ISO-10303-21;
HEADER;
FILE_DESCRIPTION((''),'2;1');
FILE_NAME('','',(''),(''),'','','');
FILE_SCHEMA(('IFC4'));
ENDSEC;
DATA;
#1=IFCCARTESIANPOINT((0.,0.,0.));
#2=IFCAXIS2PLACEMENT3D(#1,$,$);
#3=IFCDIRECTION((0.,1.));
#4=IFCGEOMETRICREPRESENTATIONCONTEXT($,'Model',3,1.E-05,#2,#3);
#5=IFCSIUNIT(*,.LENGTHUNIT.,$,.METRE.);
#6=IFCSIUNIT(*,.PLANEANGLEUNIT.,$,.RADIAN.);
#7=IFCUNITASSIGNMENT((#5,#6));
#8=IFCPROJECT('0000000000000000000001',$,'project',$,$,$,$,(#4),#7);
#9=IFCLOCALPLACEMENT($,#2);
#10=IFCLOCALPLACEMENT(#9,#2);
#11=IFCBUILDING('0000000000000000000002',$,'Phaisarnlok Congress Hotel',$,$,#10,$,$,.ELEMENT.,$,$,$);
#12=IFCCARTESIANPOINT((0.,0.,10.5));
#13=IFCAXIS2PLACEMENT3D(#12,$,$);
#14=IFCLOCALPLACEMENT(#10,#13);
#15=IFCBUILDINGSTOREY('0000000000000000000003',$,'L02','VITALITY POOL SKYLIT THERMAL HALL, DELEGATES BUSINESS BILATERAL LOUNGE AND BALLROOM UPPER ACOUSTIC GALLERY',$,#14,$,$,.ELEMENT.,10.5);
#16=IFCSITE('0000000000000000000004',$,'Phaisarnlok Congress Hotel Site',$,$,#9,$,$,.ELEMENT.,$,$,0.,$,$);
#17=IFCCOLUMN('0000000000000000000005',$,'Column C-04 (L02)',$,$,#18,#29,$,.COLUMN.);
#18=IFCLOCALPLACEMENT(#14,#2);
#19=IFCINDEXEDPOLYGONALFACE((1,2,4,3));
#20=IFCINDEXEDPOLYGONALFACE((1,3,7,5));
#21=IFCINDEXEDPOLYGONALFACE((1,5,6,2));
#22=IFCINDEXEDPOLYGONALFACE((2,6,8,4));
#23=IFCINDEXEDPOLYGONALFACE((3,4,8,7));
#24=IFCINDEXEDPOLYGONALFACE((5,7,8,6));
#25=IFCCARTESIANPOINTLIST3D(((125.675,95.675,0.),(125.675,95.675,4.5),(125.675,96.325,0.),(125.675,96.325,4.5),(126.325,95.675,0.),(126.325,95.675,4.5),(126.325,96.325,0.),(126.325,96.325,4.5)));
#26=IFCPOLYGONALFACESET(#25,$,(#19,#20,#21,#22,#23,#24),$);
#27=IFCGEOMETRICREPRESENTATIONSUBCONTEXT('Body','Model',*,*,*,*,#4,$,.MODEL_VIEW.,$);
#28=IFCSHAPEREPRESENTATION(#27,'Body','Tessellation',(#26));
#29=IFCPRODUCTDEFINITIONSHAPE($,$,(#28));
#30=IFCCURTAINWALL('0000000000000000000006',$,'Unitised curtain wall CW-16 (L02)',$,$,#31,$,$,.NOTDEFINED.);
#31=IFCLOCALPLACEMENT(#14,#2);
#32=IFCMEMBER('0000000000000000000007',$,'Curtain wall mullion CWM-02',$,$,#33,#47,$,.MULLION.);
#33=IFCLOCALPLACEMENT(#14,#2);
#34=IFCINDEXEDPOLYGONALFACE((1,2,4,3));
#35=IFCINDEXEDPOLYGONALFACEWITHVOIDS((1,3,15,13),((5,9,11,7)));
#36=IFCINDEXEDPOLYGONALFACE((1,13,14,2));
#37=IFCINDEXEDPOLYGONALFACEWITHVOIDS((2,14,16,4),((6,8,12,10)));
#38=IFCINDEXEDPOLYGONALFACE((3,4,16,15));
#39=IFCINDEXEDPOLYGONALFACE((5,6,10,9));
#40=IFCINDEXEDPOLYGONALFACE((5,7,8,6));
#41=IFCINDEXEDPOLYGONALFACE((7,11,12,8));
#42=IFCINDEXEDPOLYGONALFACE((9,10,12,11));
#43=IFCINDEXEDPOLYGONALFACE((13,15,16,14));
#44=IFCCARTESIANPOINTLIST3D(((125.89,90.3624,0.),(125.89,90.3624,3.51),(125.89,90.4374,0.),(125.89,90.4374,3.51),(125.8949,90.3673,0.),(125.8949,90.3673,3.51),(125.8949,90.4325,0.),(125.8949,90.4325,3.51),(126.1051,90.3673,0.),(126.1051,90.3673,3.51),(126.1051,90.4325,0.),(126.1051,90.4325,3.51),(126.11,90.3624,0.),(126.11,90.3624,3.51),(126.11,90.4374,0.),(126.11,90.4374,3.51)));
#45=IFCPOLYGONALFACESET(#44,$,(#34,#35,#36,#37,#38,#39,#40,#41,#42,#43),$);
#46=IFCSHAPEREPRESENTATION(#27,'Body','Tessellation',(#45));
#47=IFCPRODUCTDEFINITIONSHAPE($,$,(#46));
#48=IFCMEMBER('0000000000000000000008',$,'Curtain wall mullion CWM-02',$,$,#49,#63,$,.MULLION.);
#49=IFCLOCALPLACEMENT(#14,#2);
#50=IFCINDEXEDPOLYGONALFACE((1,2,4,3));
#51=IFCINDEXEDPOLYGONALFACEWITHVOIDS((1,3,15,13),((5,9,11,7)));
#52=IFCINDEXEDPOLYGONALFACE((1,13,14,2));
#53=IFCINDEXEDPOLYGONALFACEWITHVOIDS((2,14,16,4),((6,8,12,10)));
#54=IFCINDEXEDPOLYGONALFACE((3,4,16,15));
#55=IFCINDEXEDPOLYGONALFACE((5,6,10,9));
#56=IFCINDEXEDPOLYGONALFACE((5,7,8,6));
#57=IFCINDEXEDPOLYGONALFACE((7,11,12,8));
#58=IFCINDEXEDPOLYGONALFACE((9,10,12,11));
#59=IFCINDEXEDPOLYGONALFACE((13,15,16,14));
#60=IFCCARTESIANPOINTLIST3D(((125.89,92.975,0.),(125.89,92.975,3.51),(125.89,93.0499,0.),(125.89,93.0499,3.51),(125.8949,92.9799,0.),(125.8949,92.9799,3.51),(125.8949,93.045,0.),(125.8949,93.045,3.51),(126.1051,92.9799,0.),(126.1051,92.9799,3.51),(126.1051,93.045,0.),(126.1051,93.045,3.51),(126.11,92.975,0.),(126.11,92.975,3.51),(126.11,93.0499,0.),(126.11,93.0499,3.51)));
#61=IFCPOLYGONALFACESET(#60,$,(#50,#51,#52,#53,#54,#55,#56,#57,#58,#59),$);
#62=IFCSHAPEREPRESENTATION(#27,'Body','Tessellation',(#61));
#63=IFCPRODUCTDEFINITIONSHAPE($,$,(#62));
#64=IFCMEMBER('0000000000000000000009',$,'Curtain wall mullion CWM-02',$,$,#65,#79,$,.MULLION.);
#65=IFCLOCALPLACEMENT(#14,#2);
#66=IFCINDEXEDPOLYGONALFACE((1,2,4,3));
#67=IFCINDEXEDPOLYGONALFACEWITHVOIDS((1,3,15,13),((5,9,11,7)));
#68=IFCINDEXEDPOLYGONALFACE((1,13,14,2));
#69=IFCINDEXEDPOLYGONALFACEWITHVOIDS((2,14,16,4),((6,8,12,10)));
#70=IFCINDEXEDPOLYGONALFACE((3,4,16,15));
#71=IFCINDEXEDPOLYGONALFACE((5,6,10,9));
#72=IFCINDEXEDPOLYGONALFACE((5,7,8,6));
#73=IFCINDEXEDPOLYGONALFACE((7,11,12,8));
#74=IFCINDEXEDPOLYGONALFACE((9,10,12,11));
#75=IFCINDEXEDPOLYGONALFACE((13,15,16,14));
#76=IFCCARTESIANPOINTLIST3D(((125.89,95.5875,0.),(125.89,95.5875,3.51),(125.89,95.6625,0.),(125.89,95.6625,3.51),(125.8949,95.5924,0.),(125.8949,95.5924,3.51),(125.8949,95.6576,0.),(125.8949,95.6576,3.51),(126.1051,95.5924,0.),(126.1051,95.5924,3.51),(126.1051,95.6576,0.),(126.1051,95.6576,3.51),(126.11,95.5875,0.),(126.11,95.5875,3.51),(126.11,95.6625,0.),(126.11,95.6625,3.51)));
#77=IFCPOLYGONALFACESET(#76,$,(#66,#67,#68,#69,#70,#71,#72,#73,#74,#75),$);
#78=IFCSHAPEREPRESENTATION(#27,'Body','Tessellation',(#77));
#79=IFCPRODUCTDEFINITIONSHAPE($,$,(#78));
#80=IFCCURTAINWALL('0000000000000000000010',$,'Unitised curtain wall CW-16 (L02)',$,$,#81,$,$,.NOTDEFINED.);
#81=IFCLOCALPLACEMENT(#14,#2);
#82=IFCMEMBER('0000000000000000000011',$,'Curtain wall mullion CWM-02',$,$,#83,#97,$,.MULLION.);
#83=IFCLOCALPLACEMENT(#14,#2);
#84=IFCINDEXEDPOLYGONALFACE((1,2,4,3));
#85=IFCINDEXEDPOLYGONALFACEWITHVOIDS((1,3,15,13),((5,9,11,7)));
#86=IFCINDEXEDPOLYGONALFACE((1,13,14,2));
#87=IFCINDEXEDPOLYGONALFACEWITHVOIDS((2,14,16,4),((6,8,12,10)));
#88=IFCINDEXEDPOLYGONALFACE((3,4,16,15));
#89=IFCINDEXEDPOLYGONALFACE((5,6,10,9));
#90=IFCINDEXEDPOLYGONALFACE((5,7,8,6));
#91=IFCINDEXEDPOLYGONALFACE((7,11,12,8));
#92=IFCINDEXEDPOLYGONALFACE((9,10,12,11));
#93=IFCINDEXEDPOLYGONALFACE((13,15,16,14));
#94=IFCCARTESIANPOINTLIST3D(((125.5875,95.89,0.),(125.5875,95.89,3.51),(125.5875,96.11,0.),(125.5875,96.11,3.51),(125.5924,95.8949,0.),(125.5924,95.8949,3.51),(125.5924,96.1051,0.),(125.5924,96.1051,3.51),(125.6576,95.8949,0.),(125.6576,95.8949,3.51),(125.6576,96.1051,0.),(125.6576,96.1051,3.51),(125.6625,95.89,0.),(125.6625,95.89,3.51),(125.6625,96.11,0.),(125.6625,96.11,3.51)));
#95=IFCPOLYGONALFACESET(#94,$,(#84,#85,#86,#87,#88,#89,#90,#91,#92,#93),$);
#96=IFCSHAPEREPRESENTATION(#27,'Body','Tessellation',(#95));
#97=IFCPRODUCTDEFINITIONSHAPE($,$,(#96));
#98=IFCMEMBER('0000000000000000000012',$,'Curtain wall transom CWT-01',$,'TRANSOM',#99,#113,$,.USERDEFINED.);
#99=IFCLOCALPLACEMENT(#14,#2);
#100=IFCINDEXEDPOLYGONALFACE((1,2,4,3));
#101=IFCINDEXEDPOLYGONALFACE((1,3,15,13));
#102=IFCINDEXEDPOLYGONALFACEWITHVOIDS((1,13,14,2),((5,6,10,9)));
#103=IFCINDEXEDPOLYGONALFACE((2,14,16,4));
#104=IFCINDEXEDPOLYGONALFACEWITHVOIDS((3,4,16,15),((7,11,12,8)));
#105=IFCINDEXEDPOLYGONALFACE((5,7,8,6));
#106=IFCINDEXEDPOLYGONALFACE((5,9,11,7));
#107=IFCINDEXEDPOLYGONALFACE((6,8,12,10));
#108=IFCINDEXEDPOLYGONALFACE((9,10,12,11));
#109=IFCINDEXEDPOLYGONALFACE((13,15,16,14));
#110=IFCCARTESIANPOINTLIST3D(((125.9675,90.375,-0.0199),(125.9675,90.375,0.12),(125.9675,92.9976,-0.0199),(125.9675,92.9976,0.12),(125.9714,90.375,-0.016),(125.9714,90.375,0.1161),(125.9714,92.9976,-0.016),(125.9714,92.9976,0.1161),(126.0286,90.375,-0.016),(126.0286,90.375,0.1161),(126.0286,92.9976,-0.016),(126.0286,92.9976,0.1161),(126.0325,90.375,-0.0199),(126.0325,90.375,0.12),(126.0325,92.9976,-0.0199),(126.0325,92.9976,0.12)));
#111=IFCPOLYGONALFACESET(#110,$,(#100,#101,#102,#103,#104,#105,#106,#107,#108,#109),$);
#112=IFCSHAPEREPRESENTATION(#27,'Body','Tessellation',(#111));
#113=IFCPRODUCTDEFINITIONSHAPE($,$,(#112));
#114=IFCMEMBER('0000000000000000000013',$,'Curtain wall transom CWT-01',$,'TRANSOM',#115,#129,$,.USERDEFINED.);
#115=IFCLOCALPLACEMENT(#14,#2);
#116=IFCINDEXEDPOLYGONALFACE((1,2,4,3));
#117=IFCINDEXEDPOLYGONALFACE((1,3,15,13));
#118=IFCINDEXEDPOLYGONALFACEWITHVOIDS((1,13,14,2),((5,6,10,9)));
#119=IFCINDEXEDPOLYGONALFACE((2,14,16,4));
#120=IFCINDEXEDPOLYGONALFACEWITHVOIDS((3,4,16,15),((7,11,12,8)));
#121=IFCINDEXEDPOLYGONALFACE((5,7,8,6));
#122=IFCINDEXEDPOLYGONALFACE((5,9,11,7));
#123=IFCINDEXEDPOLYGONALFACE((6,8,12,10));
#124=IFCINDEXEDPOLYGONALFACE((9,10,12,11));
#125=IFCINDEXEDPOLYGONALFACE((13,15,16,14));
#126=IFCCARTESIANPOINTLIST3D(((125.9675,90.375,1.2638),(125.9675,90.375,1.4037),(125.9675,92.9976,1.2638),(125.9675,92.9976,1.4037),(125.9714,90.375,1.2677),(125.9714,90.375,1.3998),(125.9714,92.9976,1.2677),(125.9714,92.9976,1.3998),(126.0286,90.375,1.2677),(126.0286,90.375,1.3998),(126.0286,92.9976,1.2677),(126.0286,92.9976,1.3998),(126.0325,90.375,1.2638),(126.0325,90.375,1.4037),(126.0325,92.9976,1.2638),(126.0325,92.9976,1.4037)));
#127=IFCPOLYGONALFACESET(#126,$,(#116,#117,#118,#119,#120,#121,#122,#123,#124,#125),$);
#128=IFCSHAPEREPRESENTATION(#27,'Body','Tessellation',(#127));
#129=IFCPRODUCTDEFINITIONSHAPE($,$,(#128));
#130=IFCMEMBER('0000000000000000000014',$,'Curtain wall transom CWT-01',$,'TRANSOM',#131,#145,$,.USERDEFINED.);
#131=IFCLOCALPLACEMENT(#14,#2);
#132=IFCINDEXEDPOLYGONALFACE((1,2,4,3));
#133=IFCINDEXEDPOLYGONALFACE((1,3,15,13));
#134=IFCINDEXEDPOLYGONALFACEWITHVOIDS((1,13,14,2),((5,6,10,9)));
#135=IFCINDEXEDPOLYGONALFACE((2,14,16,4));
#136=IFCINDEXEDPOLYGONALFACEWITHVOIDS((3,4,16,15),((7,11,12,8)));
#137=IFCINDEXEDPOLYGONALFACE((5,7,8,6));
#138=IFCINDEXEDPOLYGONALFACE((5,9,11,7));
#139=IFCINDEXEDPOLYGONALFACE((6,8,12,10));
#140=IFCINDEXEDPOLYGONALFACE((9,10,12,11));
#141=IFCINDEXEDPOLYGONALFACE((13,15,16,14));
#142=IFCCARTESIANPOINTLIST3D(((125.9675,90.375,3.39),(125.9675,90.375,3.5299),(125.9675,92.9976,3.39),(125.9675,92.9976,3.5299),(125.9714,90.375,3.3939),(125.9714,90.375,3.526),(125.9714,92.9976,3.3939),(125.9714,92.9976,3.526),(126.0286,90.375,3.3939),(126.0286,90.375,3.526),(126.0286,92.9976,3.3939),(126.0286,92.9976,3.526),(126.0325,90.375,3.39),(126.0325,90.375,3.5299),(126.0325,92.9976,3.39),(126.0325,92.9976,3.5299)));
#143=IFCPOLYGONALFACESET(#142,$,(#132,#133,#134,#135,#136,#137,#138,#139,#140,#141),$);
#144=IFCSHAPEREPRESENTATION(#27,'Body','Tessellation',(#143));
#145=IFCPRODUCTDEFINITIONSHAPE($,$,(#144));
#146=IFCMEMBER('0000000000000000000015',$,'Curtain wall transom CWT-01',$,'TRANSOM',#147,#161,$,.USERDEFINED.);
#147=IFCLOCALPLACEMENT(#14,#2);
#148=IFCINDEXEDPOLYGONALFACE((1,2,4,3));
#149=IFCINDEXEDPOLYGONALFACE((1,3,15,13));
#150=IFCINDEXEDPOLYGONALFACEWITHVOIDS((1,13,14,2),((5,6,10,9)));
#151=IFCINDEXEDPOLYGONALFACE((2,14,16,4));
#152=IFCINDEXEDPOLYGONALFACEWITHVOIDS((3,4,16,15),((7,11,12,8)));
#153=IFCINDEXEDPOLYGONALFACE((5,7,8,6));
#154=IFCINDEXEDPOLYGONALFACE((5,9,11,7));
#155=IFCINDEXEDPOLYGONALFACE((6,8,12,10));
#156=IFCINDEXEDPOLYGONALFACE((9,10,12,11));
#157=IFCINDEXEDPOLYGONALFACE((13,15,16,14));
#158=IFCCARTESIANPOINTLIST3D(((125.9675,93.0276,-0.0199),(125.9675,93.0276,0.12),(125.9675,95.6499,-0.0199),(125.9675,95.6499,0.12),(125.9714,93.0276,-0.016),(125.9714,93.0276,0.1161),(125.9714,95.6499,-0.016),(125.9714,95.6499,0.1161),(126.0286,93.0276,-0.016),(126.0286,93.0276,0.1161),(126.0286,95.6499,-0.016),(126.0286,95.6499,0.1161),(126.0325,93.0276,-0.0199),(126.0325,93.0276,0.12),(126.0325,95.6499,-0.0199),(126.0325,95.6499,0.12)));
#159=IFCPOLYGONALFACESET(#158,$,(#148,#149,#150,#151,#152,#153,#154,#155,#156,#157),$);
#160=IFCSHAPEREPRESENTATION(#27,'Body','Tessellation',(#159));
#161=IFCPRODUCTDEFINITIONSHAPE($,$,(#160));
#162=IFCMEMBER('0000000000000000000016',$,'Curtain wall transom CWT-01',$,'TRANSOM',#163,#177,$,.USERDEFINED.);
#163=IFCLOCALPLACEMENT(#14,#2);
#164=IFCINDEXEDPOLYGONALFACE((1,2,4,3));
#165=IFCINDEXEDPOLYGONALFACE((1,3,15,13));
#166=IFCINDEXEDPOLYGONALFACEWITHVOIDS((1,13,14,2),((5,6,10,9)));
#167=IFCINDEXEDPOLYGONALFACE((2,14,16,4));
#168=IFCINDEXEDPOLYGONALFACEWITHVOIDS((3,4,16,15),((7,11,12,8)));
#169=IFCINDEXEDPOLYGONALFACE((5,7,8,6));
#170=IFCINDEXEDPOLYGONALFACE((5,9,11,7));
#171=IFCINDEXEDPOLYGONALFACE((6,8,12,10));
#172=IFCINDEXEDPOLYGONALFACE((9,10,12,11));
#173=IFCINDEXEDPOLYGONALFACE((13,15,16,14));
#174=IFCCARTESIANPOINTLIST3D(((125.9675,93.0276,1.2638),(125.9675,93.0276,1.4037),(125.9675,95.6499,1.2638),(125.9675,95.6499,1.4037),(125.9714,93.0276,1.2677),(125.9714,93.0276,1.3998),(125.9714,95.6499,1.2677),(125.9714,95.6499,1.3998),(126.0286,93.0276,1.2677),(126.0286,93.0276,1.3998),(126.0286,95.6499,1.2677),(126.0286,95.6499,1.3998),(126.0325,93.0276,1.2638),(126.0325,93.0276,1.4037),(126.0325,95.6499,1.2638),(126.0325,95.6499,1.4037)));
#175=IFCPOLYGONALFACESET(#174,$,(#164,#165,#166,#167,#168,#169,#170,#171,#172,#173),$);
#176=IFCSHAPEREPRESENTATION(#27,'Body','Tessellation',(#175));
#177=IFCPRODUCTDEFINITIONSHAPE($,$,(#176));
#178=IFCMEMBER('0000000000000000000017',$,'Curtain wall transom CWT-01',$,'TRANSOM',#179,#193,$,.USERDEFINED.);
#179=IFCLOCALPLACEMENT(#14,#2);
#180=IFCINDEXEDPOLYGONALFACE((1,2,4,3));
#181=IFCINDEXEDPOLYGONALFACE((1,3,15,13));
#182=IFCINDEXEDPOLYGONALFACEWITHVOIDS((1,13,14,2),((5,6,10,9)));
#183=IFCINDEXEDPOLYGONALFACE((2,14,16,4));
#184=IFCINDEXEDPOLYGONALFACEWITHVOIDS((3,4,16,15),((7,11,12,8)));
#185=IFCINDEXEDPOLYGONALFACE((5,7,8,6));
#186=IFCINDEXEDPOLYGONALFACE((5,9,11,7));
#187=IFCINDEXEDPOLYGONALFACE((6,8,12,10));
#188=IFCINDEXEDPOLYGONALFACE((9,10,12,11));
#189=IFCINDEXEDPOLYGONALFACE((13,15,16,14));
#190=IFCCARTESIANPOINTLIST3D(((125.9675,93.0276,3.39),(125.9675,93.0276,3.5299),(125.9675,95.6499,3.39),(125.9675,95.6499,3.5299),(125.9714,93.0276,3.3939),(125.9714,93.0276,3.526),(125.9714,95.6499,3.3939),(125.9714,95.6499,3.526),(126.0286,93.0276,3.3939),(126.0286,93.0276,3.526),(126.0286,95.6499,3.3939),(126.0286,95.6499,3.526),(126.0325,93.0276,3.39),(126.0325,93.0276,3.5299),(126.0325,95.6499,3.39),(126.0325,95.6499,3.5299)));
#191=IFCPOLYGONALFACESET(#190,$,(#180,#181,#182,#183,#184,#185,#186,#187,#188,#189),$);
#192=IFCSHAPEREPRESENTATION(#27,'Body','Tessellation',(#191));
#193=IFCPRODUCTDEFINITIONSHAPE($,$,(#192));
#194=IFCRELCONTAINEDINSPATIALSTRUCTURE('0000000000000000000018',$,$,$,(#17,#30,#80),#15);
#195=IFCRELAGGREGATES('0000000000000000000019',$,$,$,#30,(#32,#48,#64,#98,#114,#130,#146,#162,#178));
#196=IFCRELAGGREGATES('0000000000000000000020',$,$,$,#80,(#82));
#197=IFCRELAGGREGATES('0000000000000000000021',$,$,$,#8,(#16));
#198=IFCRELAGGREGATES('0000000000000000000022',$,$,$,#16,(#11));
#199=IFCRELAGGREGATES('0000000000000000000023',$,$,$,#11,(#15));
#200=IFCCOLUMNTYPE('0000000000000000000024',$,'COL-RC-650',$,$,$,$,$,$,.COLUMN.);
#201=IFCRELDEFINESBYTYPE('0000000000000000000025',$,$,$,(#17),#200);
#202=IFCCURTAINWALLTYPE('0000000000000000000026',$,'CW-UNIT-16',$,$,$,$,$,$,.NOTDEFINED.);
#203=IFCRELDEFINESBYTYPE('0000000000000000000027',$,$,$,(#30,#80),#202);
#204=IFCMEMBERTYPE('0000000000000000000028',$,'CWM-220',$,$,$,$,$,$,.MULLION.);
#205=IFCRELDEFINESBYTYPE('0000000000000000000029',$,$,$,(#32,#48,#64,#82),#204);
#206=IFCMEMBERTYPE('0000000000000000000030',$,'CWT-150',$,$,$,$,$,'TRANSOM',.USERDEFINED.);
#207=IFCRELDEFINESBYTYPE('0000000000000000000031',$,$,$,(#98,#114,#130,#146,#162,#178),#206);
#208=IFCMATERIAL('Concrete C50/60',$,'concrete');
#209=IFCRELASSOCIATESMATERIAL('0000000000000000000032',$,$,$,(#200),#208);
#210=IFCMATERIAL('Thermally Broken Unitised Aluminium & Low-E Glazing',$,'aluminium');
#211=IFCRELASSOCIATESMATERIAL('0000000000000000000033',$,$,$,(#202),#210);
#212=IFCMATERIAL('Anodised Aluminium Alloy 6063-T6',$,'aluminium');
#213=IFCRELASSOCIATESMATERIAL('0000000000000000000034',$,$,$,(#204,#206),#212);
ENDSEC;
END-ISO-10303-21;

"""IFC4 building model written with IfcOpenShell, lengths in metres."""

from ifc_helpers import new_model, si_unit, direction, frame, origin, origin_2d, place, context, subcontext, project, spatial, rectangle, hollow_rectangle, extrude, material, material_profile, profile_set, type_object, element, aggregate, save


model = new_model("IFC4")

# Units and contexts
model_context = context("Model", 3, precision=1e-05, world=origin(), true_north=direction((0.0, 1.0)))
body_context = subcontext(model_context, "Body", "Model", "MODEL_VIEW")
ifc_project = project(units=[si_unit("LENGTHUNIT", "METRE"), si_unit("PLANEANGLEUNIT", "RADIAN")], contexts=[model_context])

# Site, building, storey
site_placement = place(None, origin())
site = spatial("IfcSite", under=ifc_project, at=site_placement, Name="Phaisarnlok Congress Hotel Site", CompositionType="ELEMENT", RefElevation=0.0)
building_placement = place(site_placement, origin())
building = spatial("IfcBuilding", under=site, at=building_placement, Name="Phaisarnlok Congress Hotel", CompositionType="ELEMENT")
storey_placement = place(building_placement, frame((0.0, 0.0, 10.5)))
storey = spatial("IfcBuildingStorey", under=building, at=storey_placement, Name="L02", Description="VITALITY POOL SKYLIT THERMAL HALL, DELEGATES BUSINESS BILATERAL LOUNGE AND BALLROOM UPPER ACOUSTIC GALLERY", CompositionType="ELEMENT", Elevation=10.5)

# Column
ifc_material_1 = material(Name="Concrete C50/60", Category="concrete")
ifc_material_profile_1 = material_profile(ifc_material_1, rectangle(XDim=0.6499, YDim=0.6499, at=origin_2d()), Name="RC 650x650")
ifc_profile_set_1 = profile_set([ifc_material_profile_1], Name="Concrete C50/60")
column_type = type_object("IfcColumnType", Name="COL-RC-650", PredefinedType="COLUMN", material=ifc_profile_set_1)
column_placement = place(storey_placement, frame((126.0, 96.0, 0.0), z_axis=(0.0, 0.0, 1.0), x_axis=(1.0, 0.0, 0.0)))
element("IfcColumn", 1, at=column_placement, inside=storey, type_object=column_type, Name="Column C-04 (L02)", PredefinedType="COLUMN", context=body_context, shape_type="SweptSolid", body=[
    extrude(rectangle(XDim=0.6499, YDim=0.6499, at=origin_2d()), origin(), (0.0, 0.0, 1.0), 4.5),
])

# Curtain wall, members
ifc_material_2 = material(Name="Thermally Broken Unitised Aluminium & Low-E Glazing", Category="aluminium")
curtain_wall_type_1 = type_object("IfcCurtainWallType", Name="CW-UNIT-16", PredefinedType="NOTDEFINED", material=ifc_material_2)
curtain_wall_1_placement = place(storey_placement, origin())
curtain_wall_1 = element("IfcCurtainWall", 2, at=curtain_wall_1_placement, inside=storey, type_object=curtain_wall_type_1, Name="Unitised curtain wall CW-16 (L02)", PredefinedType="NOTDEFINED")
ifc_material_3 = material(Name="Anodised Aluminium Alloy 6063-T6", Category="aluminium")
ifc_material_profile_2 = material_profile(ifc_material_3, hollow_rectangle(XDim=0.075, YDim=0.22, WallThickness=0.0049, at=origin_2d()), Name="ALU-M 75x220x5")
ifc_profile_set_2 = profile_set([ifc_material_profile_2], Name="Anodised Aluminium Alloy 6063-T6")
member_type_1 = type_object("IfcMemberType", Name="CWM-220", PredefinedType="MULLION", material=ifc_profile_set_2)
member_1_placement = place(storey_placement, frame((126.0, 90.3999, 0.0), z_axis=(0.0, 0.0, 1.0), x_axis=(0.0, 1.0, 0.0)))
member_1 = element("IfcMember", 3, at=member_1_placement, type_object=member_type_1, Name="Curtain wall mullion CWM-02", PredefinedType="MULLION", context=body_context, shape_type="SweptSolid", body=[
    extrude(hollow_rectangle(XDim=0.075, YDim=0.22, WallThickness=0.0049, at=origin_2d()), origin(), (0.0, 0.0, 1.0), 3.51),
])
member_2_placement = place(storey_placement, frame((126.0, 93.0125, 0.0), z_axis=(0.0, 0.0, 1.0), x_axis=(0.0, 1.0, 0.0)))
member_2 = element("IfcMember", 4, at=member_2_placement, type_object=member_type_1, Name="Curtain wall mullion CWM-02", PredefinedType="MULLION", context=body_context, shape_type="SweptSolid", body=[
    extrude(hollow_rectangle(XDim=0.075, YDim=0.22, WallThickness=0.0049, at=origin_2d()), origin(), (0.0, 0.0, 1.0), 3.51),
])
member_3_placement = place(storey_placement, frame((126.0, 95.625, 0.0), z_axis=(0.0, 0.0, 1.0), x_axis=(0.0, 1.0, 0.0)))
member_3 = element("IfcMember", 5, at=member_3_placement, type_object=member_type_1, Name="Curtain wall mullion CWM-02", PredefinedType="MULLION", context=body_context, shape_type="SweptSolid", body=[
    extrude(hollow_rectangle(XDim=0.075, YDim=0.22, WallThickness=0.0049, at=origin_2d()), origin(), (0.0, 0.0, 1.0), 3.51),
])

# Curtain wall, member
curtain_wall_2_placement = place(storey_placement, origin())
curtain_wall_2 = element("IfcCurtainWall", 6, at=curtain_wall_2_placement, inside=storey, type_object=curtain_wall_type_1, Name="Unitised curtain wall CW-16 (L02)", PredefinedType="NOTDEFINED")
member_4_placement = place(storey_placement, frame((125.625, 96.0, 0.0), z_axis=(0.0, 0.0, 1.0), x_axis=(-1.0, 0.0, 0.0)))
member_4 = element("IfcMember", 7, at=member_4_placement, type_object=member_type_1, Name="Curtain wall mullion CWM-02", PredefinedType="MULLION", context=body_context, shape_type="SweptSolid", body=[
    extrude(hollow_rectangle(XDim=0.075, YDim=0.22, WallThickness=0.0049, at=origin_2d()), origin(), (0.0, 0.0, 1.0), 3.51),
])

# Members
ifc_material_profile_3 = material_profile(ifc_material_3, hollow_rectangle(XDim=0.0649, YDim=0.1399, WallThickness=0.0039, at=origin_2d()), Name="ALU-T 65x140x4")
ifc_profile_set_3 = profile_set([ifc_material_profile_3], Name="Anodised Aluminium Alloy 6063-T6")
member_type_2 = type_object("IfcMemberType", Name="CWT-150", ElementType="TRANSOM", PredefinedType="USERDEFINED", material=ifc_profile_set_3)
member_5_placement = place(storey_placement, frame((126.0, 90.375, 0.05), z_axis=(0.0, 1.0, 0.0), x_axis=(-1.0, 0.0, 0.0)))
member_5 = element("IfcMember", 8, at=member_5_placement, type_object=member_type_2, Name="Curtain wall transom CWT-01", ObjectType="TRANSOM", PredefinedType="USERDEFINED", context=body_context, shape_type="SweptSolid", body=[
    extrude(hollow_rectangle(XDim=0.0649, YDim=0.1399, WallThickness=0.0039, at=origin_2d()), origin(), (0.0, 0.0, 1.0), 2.6226),
])
member_6_placement = place(storey_placement, frame((126.0, 90.375, 1.3337), z_axis=(0.0, 1.0, 0.0), x_axis=(-1.0, 0.0, 0.0)))
member_6 = element("IfcMember", 9, at=member_6_placement, type_object=member_type_2, Name="Curtain wall transom CWT-01", ObjectType="TRANSOM", PredefinedType="USERDEFINED", context=body_context, shape_type="SweptSolid", body=[
    extrude(hollow_rectangle(XDim=0.0649, YDim=0.1399, WallThickness=0.0039, at=origin_2d()), origin(), (0.0, 0.0, 1.0), 2.6226),
])
member_7_placement = place(storey_placement, frame((126.0, 90.375, 3.46), z_axis=(0.0, 1.0, 0.0), x_axis=(-1.0, 0.0, 0.0)))
member_7 = element("IfcMember", 10, at=member_7_placement, type_object=member_type_2, Name="Curtain wall transom CWT-01", ObjectType="TRANSOM", PredefinedType="USERDEFINED", context=body_context, shape_type="SweptSolid", body=[
    extrude(hollow_rectangle(XDim=0.0649, YDim=0.1399, WallThickness=0.0039, at=origin_2d()), origin(), (0.0, 0.0, 1.0), 2.6226),
])
member_8_placement = place(storey_placement, frame((126.0, 93.0276, 0.05), z_axis=(0.0, 1.0, 0.0), x_axis=(-1.0, 0.0, 0.0)))
member_8 = element("IfcMember", 11, at=member_8_placement, type_object=member_type_2, Name="Curtain wall transom CWT-01", ObjectType="TRANSOM", PredefinedType="USERDEFINED", context=body_context, shape_type="SweptSolid", body=[
    extrude(hollow_rectangle(XDim=0.0649, YDim=0.1399, WallThickness=0.0039, at=origin_2d()), origin(), (0.0, 0.0, 1.0), 2.6223),
])
member_9_placement = place(storey_placement, frame((126.0, 93.0276, 1.3337), z_axis=(0.0, 1.0, 0.0), x_axis=(-1.0, 0.0, 0.0)))
member_9 = element("IfcMember", 12, at=member_9_placement, type_object=member_type_2, Name="Curtain wall transom CWT-01", ObjectType="TRANSOM", PredefinedType="USERDEFINED", context=body_context, shape_type="SweptSolid", body=[
    extrude(hollow_rectangle(XDim=0.0649, YDim=0.1399, WallThickness=0.0039, at=origin_2d()), origin(), (0.0, 0.0, 1.0), 2.6223),
])
member_10_placement = place(storey_placement, frame((126.0, 93.0276, 3.46), z_axis=(0.0, 1.0, 0.0), x_axis=(-1.0, 0.0, 0.0)))
member_10 = element("IfcMember", 13, at=member_10_placement, type_object=member_type_2, Name="Curtain wall transom CWT-01", ObjectType="TRANSOM", PredefinedType="USERDEFINED", context=body_context, shape_type="SweptSolid", body=[
    extrude(hollow_rectangle(XDim=0.0649, YDim=0.1399, WallThickness=0.0039, at=origin_2d()), origin(), (0.0, 0.0, 1.0), 2.6223),
])

aggregate(curtain_wall_1, [member_1, member_2, member_3, member_5, member_6, member_7, member_8, member_9, member_10])
aggregate(curtain_wall_2, [member_4])

save(model, "model.ifc")
